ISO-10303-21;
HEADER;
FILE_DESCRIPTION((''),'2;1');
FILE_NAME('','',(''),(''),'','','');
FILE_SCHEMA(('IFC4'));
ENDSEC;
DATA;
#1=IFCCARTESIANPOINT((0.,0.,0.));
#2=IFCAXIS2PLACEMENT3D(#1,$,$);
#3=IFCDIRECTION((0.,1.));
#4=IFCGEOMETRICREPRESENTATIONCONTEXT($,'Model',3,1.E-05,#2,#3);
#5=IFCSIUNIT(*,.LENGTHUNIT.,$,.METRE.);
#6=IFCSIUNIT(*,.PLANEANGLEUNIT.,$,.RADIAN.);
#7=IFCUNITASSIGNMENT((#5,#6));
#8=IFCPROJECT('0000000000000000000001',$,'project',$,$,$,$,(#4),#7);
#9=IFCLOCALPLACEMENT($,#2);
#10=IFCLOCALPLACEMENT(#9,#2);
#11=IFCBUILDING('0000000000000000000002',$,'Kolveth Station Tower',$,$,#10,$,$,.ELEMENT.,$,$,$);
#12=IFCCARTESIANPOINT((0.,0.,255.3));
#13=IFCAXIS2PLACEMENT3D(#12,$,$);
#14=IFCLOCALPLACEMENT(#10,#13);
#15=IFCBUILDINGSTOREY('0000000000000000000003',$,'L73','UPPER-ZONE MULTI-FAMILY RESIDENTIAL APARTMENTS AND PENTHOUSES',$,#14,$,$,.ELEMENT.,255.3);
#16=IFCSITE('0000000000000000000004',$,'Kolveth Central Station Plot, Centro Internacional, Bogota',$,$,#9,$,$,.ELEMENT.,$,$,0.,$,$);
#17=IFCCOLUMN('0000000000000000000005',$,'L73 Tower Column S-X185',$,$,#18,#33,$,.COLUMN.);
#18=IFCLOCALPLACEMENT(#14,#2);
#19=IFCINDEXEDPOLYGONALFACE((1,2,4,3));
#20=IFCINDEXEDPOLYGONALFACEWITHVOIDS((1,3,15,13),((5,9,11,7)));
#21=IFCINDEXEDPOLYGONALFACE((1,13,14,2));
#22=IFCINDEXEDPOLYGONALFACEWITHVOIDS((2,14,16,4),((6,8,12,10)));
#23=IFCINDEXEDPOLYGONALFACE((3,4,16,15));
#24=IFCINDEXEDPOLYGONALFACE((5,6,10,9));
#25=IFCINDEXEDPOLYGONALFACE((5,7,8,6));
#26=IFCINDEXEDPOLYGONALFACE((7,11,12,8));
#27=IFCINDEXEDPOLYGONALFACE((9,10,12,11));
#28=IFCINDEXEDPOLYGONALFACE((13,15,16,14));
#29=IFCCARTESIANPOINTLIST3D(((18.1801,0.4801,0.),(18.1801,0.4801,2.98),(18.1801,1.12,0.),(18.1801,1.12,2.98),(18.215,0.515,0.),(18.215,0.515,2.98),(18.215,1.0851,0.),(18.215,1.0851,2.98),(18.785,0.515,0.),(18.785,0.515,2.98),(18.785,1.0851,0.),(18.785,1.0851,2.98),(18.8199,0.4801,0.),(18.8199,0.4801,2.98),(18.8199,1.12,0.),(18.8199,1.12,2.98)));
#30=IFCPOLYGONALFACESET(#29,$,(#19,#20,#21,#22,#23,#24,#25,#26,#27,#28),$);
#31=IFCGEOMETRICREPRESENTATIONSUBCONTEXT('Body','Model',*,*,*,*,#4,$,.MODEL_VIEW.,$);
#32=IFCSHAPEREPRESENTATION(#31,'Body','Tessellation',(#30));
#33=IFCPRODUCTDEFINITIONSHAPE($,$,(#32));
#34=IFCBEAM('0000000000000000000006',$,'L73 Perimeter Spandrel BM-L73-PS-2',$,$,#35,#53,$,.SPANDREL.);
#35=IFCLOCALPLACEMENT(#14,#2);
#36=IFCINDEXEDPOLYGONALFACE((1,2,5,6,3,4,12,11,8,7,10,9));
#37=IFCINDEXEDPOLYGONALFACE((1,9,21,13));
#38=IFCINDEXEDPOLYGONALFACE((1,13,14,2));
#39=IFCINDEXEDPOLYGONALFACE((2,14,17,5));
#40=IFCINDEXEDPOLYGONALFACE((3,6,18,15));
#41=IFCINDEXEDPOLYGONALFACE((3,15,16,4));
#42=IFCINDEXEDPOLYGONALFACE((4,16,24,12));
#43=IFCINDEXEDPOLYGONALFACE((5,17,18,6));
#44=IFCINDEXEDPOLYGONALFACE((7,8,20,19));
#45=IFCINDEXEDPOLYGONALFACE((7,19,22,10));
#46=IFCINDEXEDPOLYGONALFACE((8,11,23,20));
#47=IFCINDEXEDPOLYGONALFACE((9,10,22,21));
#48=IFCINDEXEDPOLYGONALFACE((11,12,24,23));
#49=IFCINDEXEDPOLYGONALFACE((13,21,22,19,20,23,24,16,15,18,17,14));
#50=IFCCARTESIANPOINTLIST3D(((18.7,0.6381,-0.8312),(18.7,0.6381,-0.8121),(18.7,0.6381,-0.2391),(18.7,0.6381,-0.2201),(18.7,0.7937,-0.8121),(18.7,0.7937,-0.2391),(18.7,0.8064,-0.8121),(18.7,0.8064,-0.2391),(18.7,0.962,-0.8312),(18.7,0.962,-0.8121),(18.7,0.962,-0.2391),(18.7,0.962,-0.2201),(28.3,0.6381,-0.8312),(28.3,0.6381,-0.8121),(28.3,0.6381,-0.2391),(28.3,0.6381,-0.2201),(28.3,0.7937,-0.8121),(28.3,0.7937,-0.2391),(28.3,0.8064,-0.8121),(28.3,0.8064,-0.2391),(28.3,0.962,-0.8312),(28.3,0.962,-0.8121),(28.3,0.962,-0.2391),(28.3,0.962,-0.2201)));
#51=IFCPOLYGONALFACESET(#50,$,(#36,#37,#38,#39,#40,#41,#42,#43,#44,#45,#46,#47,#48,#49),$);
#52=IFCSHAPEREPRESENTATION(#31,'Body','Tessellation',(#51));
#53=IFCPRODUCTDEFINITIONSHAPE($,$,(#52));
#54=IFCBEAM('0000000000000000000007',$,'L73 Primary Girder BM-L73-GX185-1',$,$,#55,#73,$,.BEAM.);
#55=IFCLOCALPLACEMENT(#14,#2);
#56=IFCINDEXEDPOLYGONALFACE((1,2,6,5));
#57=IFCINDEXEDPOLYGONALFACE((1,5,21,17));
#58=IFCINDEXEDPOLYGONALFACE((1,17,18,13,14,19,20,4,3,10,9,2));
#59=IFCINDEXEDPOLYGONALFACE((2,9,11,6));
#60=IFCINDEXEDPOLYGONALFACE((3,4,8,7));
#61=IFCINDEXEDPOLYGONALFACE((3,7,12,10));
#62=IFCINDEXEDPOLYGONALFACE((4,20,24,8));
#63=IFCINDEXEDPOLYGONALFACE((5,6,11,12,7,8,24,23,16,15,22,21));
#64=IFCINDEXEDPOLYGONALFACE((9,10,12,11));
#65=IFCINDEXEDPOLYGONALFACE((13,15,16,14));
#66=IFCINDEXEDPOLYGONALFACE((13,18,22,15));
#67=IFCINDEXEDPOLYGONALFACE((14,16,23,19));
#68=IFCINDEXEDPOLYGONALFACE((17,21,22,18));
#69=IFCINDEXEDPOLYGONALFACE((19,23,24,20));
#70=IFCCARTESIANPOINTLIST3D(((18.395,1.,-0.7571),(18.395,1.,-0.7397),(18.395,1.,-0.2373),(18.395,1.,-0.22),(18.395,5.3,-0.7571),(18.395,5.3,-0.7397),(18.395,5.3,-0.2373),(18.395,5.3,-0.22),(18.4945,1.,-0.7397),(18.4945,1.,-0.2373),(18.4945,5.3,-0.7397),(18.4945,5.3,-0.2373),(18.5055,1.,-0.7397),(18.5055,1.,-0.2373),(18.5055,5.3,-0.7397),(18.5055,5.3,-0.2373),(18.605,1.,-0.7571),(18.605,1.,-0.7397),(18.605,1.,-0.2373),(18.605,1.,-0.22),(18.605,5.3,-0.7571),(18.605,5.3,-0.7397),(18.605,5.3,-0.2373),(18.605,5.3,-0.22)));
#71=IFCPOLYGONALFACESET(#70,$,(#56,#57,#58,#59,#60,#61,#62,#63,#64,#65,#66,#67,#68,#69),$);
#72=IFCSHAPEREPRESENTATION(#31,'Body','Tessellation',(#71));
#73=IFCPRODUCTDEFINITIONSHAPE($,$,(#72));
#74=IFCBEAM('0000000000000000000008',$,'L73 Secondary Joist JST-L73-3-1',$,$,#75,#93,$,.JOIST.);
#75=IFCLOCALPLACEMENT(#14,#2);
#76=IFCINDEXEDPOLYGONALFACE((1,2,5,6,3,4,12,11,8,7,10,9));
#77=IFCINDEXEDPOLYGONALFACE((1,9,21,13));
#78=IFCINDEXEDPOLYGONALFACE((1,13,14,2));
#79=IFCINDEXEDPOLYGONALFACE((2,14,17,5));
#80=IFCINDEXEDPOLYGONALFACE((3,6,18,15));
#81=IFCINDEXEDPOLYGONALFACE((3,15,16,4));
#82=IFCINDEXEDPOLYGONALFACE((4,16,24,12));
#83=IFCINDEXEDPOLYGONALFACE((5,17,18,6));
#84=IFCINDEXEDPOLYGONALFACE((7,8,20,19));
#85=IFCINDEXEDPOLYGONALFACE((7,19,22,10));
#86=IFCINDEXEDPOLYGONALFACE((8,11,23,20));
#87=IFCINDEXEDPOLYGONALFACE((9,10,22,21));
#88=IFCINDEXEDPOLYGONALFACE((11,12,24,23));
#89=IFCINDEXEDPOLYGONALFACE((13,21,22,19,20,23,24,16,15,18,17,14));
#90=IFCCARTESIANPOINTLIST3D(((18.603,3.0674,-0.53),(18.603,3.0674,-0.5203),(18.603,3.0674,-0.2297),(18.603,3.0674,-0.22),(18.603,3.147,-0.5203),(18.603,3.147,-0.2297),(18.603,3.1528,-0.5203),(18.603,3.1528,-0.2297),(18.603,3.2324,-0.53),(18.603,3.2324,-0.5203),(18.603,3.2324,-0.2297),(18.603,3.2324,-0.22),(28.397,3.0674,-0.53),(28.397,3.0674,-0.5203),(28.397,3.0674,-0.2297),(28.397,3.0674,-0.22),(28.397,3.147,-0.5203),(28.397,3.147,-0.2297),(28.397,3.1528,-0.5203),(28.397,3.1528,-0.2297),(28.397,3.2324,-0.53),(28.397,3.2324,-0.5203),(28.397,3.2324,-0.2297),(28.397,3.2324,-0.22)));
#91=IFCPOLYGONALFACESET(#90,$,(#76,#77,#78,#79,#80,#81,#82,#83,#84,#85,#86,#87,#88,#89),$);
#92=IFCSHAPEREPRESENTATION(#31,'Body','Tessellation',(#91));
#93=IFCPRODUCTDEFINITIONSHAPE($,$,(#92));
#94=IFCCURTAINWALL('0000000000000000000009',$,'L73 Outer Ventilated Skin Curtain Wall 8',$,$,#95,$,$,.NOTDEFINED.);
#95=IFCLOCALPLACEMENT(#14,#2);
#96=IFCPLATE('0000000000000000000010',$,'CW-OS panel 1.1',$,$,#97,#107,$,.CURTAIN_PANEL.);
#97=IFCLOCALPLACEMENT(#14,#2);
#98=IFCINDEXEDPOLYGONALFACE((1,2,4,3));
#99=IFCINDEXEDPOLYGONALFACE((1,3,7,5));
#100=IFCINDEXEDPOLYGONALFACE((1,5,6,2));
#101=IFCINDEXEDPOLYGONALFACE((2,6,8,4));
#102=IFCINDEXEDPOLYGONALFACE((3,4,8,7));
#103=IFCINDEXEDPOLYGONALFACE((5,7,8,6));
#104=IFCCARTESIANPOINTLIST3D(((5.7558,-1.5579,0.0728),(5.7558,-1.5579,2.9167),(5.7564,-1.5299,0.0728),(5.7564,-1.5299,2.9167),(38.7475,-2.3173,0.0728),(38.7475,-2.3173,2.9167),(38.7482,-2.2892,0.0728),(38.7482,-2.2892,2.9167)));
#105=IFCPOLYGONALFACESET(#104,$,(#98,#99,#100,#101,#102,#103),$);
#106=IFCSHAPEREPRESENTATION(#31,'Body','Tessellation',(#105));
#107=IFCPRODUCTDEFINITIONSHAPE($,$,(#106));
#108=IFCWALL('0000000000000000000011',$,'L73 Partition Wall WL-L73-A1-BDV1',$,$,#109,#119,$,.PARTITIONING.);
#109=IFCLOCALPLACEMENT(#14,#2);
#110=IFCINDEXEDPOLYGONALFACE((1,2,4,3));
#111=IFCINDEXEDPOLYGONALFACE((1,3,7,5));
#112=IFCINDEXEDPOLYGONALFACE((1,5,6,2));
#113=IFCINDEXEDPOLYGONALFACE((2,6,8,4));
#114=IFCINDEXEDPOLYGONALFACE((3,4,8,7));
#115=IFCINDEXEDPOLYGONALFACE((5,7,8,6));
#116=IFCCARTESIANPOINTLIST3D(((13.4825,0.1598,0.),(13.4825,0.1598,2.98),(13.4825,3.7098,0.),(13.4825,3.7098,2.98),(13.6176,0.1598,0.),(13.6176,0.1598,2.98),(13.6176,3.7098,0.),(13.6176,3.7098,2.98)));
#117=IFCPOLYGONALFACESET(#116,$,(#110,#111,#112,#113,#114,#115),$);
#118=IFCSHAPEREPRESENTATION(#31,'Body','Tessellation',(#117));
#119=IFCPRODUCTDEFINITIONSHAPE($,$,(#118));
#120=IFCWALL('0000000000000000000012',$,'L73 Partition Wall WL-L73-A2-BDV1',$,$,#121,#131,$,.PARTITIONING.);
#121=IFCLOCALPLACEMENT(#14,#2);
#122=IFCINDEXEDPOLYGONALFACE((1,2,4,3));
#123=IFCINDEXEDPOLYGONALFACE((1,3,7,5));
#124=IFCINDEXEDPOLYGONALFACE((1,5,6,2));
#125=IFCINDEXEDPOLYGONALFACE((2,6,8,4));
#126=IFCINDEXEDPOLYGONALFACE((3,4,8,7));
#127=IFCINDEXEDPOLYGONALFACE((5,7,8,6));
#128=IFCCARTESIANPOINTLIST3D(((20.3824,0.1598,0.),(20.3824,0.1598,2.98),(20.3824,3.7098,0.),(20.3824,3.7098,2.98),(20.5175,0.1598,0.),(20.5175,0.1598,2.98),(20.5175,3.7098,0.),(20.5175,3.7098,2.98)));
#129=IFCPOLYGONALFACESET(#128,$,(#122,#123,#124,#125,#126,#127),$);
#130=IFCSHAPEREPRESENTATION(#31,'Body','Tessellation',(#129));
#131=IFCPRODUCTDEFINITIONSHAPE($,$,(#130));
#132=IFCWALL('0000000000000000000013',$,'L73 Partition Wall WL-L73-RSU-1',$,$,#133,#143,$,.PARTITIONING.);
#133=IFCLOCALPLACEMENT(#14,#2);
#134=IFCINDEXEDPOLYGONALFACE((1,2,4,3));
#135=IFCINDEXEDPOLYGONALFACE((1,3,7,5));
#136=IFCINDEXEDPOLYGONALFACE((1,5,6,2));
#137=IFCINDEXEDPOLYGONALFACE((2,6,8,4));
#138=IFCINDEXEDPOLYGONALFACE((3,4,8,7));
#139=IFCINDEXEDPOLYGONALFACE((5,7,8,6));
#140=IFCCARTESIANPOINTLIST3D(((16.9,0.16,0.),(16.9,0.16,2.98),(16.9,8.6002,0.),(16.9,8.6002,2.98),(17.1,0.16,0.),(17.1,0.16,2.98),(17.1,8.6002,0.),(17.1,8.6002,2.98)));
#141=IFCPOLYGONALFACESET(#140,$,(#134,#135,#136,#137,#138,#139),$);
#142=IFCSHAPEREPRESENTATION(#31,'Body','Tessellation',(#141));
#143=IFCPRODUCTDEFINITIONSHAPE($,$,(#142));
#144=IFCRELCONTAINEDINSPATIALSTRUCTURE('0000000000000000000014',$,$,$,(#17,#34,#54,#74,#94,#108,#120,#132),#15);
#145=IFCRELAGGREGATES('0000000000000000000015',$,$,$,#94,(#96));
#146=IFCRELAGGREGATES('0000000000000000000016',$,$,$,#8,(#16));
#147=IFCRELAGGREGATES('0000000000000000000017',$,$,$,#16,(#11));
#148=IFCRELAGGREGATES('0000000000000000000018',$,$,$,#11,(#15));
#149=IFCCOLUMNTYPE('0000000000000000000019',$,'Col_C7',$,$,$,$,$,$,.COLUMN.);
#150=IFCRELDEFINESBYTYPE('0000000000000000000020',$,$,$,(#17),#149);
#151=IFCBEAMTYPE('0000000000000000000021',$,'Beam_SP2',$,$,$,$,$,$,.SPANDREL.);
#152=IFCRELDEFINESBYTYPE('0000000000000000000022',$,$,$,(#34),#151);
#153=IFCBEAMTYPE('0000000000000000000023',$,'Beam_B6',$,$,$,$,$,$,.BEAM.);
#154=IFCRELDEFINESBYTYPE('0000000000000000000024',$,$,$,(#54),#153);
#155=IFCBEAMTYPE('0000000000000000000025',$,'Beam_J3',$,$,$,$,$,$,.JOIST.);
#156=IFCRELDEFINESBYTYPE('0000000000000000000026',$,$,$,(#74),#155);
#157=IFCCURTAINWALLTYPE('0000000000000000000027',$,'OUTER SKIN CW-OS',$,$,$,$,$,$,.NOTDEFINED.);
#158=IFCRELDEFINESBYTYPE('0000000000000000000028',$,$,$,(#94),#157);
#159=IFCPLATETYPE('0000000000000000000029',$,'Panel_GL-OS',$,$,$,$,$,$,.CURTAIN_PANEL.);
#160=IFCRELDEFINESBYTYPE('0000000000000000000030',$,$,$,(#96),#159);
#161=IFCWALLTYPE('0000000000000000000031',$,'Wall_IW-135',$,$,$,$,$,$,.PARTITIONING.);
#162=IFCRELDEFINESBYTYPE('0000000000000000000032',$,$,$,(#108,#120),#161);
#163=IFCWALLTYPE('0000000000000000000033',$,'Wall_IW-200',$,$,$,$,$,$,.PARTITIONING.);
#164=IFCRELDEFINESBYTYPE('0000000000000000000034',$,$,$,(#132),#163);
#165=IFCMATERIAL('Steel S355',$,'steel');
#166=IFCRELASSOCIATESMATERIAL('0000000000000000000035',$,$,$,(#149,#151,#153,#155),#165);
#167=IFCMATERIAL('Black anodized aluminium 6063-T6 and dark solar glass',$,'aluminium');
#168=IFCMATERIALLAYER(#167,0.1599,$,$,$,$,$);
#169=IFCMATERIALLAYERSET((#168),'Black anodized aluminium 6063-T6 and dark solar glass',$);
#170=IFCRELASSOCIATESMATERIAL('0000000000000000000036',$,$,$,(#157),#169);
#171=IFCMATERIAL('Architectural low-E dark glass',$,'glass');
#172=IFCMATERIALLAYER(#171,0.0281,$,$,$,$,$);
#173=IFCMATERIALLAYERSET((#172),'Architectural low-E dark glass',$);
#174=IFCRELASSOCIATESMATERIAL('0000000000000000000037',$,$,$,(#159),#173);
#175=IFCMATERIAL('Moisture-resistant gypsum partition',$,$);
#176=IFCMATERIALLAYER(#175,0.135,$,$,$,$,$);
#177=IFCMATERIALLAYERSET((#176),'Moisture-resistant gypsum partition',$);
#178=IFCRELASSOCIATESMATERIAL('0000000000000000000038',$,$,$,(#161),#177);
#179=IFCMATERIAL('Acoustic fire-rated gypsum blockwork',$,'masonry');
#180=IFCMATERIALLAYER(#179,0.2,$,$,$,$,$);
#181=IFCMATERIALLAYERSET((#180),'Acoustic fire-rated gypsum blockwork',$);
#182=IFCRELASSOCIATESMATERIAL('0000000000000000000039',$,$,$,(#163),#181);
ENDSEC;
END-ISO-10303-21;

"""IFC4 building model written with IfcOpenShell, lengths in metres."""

from ifc_helpers import new_model, si_unit, direction, frame, frame_2d, origin, origin_2d, place, context, subcontext, project, spatial, rectangle, hollow_rectangle, i_section, extrude, source, transform, mapped, material, layer, layer_set, material_profile, profile_set, type_object, element, aggregate, save


model = new_model("IFC4")

# Units and contexts
model_context = context("Model", 3, precision=1e-05, world=origin(), true_north=direction((0.0, 1.0)))
body_context = subcontext(model_context, "Body", "Model", "MODEL_VIEW")
ifc_project = project(units=[si_unit("LENGTHUNIT", "METRE"), si_unit("PLANEANGLEUNIT", "RADIAN")], contexts=[model_context])

# Site, building, storey
site_placement = place(None, origin())
site = spatial("IfcSite", under=ifc_project, at=site_placement, Name="Kolveth Central Station Plot, Centro Internacional, Bogota", CompositionType="ELEMENT", RefElevation=0.0)
building_placement = place(site_placement, origin())
building = spatial("IfcBuilding", under=site, at=building_placement, Name="Kolveth Station Tower", CompositionType="ELEMENT")
storey_placement = place(building_placement, frame((0.0, 0.0, 255.3)))
storey = spatial("IfcBuildingStorey", under=building, at=storey_placement, Name="L73", Description="UPPER-ZONE MULTI-FAMILY RESIDENTIAL APARTMENTS AND PENTHOUSES", CompositionType="ELEMENT", Elevation=255.3)

# Column
ifc_material_1 = material(Name="Steel S355", Category="steel")
ifc_material_profile_1 = material_profile(ifc_material_1, hollow_rectangle(XDim=0.6399, YDim=0.6399, WallThickness=0.0349, at=origin_2d()), Name="BOX640x640x35")
ifc_profile_set_1 = profile_set([ifc_material_profile_1], Name="Steel S355")
column_type = type_object("IfcColumnType", Name="Col_C7", PredefinedType="COLUMN", material=ifc_profile_set_1)
shared_shape_1 = source(origin(), body_context, "Body", "SweptSolid", [
    extrude(hollow_rectangle(XDim=0.6399, YDim=0.6399, WallThickness=0.0349, at=origin_2d()), origin(), (0.0, 0.0, 1.0), 2.98),
])
column_placement = place(storey_placement, frame((18.5, 0.8, 0.0), z_axis=(0.0, 0.0, 1.0), x_axis=(1.0, 0.0, 0.0)))
element("IfcColumn", 1, at=column_placement, inside=storey, type_object=column_type, Name="L73 Tower Column S-X185", PredefinedType="COLUMN", context=body_context, shape_type="MappedRepresentation", body=[
    mapped(shared_shape_1, transform((0.0, 0.0, 0.0), x_axis=(1.0, 0.0, 0.0), y_axis=(0.0, 1.0, 0.0), z_axis=(0.0, 0.0, 1.0), scale=1.0)),
])

# Beams
ifc_material_profile_2 = material_profile(ifc_material_1, i_section(OverallWidth=0.324, OverallDepth=0.6111, WebThickness=0.0127, FlangeThickness=0.019, at=origin_2d()), Name="W610x155")
ifc_profile_set_2 = profile_set([ifc_material_profile_2], Name="Steel S355")
beam_type_1 = type_object("IfcBeamType", Name="Beam_SP2", PredefinedType="SPANDREL", material=ifc_profile_set_2)
shared_shape_2 = source(origin(), body_context, "Body", "SweptSolid", [
    extrude(i_section(OverallWidth=0.324, OverallDepth=0.6111, WebThickness=0.0127, FlangeThickness=0.019, at=origin_2d()), origin(), (0.0, 0.0, 1.0), 9.6001),
])
beam_1_placement = place(storey_placement, frame((18.7, 0.8, -0.5256), z_axis=(1.0, 0.0, 0.0), x_axis=(0.0, 1.0, 0.0)))
element("IfcBeam", 2, at=beam_1_placement, inside=storey, type_object=beam_type_1, Name="L73 Perimeter Spandrel BM-L73-PS-2", PredefinedType="SPANDREL", context=body_context, shape_type="MappedRepresentation", body=[
    mapped(shared_shape_2, transform((0.0, 0.0, 0.0), x_axis=(1.0, 0.0, 0.0), y_axis=(0.0, 1.0, 0.0), z_axis=(0.0, 0.0, 1.0), scale=1.0)),
])
ifc_material_profile_3 = material_profile(ifc_material_1, i_section(OverallWidth=0.21, OverallDepth=0.5371, WebThickness=0.011, FlangeThickness=0.0173, at=origin_2d()), Name="W530x101")
ifc_profile_set_3 = profile_set([ifc_material_profile_3], Name="Steel S355")
beam_type_2 = type_object("IfcBeamType", Name="Beam_B6", PredefinedType="BEAM", material=ifc_profile_set_3)
shared_shape_3 = source(origin(), body_context, "Body", "SweptSolid", [
    extrude(i_section(OverallWidth=0.21, OverallDepth=0.5371, WebThickness=0.011, FlangeThickness=0.0173, at=origin_2d()), origin(), (0.0, 0.0, 1.0), 4.3),
])
beam_2_placement = place(storey_placement, frame((18.5, 1.0, -0.4885), z_axis=(0.0, 1.0, 0.0), x_axis=(-1.0, 0.0, 0.0)))
element("IfcBeam", 3, at=beam_2_placement, inside=storey, type_object=beam_type_2, Name="L73 Primary Girder BM-L73-GX185-1", PredefinedType="BEAM", context=body_context, shape_type="MappedRepresentation", body=[
    mapped(shared_shape_3, transform((0.0, 0.0, 0.0), x_axis=(1.0, 0.0, 0.0), y_axis=(0.0, 1.0, 0.0), z_axis=(0.0, 0.0, 1.0), scale=1.0)),
])
ifc_material_profile_4 = material_profile(ifc_material_1, i_section(OverallWidth=0.165, OverallDepth=0.3101, WebThickness=0.0059, FlangeThickness=0.0098, at=origin_2d()), Name="W310x39")
ifc_profile_set_4 = profile_set([ifc_material_profile_4], Name="Steel S355")
beam_type_3 = type_object("IfcBeamType", Name="Beam_J3", PredefinedType="JOIST", material=ifc_profile_set_4)
shared_shape_4 = source(origin(), body_context, "Body", "SweptSolid", [
    extrude(i_section(OverallWidth=0.165, OverallDepth=0.3101, WebThickness=0.0059, FlangeThickness=0.0098, at=origin_2d()), origin(), (0.0, 0.0, 1.0), 9.7939),
])
beam_3_placement = place(storey_placement, frame((18.603, 3.1499, -0.375), z_axis=(1.0, 0.0, 0.0), x_axis=(0.0, 1.0, 0.0)))
element("IfcBeam", 4, at=beam_3_placement, inside=storey, type_object=beam_type_3, Name="L73 Secondary Joist JST-L73-3-1", PredefinedType="JOIST", context=body_context, shape_type="MappedRepresentation", body=[
    mapped(shared_shape_4, transform((0.0, 0.0, 0.0), x_axis=(1.0, 0.0, 0.0), y_axis=(0.0, 1.0, 0.0), z_axis=(0.0, 0.0, 1.0), scale=1.0)),
])

# Curtain wall, plate
ifc_material_2 = material(Name="Black anodized aluminium 6063-T6 and dark solar glass", Category="aluminium")
ifc_layer_1 = layer(ifc_material_2, 0.1599)
ifc_layer_set_1 = layer_set([ifc_layer_1], Name="Black anodized aluminium 6063-T6 and dark solar glass")
curtain_wall_type = type_object("IfcCurtainWallType", Name="OUTER SKIN CW-OS", PredefinedType="NOTDEFINED", material=ifc_layer_set_1)
curtain_wall_placement = place(storey_placement, origin())
curtain_wall = element("IfcCurtainWall", 5, at=curtain_wall_placement, inside=storey, type_object=curtain_wall_type, Name="L73 Outer Ventilated Skin Curtain Wall 8", PredefinedType="NOTDEFINED")
ifc_material_3 = material(Name="Architectural low-E dark glass", Category="glass")
ifc_layer_2 = layer(ifc_material_3, 0.0281)
ifc_layer_set_2 = layer_set([ifc_layer_2], Name="Architectural low-E dark glass")
plate_type = type_object("IfcPlateType", Name="Panel_GL-OS", PredefinedType="CURTAIN_PANEL", material=ifc_layer_set_2)
shared_shape_5 = source(origin(), body_context, "Body", "SweptSolid", [
    extrude(rectangle(XDim=33.0005, YDim=0.0281, at=origin_2d()), origin(), (0.0, 0.0, 1.0), 2.844),
])
plate_placement = place(storey_placement, frame((22.252, -1.9236, 0.0728), z_axis=(0.0, 0.0, 1.0), x_axis=(0.999735, -0.023011, 0.0)))
plate = element("IfcPlate", 6, at=plate_placement, type_object=plate_type, Name="CW-OS panel 1.1", PredefinedType="CURTAIN_PANEL", context=body_context, shape_type="MappedRepresentation", body=[
    mapped(shared_shape_5, transform((0.0, 0.0, 0.0), x_axis=(1.0, 0.0, 0.0), y_axis=(0.0, 1.0, 0.0), z_axis=(0.0, 0.0, 1.0), scale=1.0)),
])
aggregate(curtain_wall, [plate])

# Shared definitions
ifc_material_4 = material(Name="Moisture-resistant gypsum partition")
ifc_layer_3 = layer(ifc_material_4, 0.135)
ifc_layer_set_3 = layer_set([ifc_layer_3], Name="Moisture-resistant gypsum partition")
wall_type_1 = type_object("IfcWallType", Name="Wall_IW-135", PredefinedType="PARTITIONING", material=ifc_layer_set_3)

# Wall
wall_1_placement = place(storey_placement, frame((13.55, 0.1599, 0.0), z_axis=(0.0, 0.0, 1.0), x_axis=(0.0, 1.0, 0.0)))
element("IfcWall", 7, at=wall_1_placement, inside=storey, type_object=wall_type_1, Name="L73 Partition Wall WL-L73-A1-BDV1", PredefinedType="PARTITIONING", context=body_context, shape_type="SweptSolid", body=[
    extrude(rectangle(XDim=3.55, YDim=0.135, at=frame_2d((1.7749, 0.0))), origin(), (0.0, 0.0, 1.0), 2.98),
])

# Walls
wall_2_placement = place(storey_placement, frame((20.45, 0.1599, 0.0), z_axis=(0.0, 0.0, 1.0), x_axis=(0.0, 1.0, 0.0)))
element("IfcWall", 8, at=wall_2_placement, inside=storey, type_object=wall_type_1, Name="L73 Partition Wall WL-L73-A2-BDV1", PredefinedType="PARTITIONING", context=body_context, shape_type="SweptSolid", body=[
    extrude(rectangle(XDim=3.55, YDim=0.135, at=frame_2d((1.7749, 0.0))), origin(), (0.0, 0.0, 1.0), 2.98),
])
ifc_material_5 = material(Name="Acoustic fire-rated gypsum blockwork", Category="masonry")
ifc_layer_4 = layer(ifc_material_5, 0.2)
ifc_layer_set_4 = layer_set([ifc_layer_4], Name="Acoustic fire-rated gypsum blockwork")
wall_type_2 = type_object("IfcWallType", Name="Wall_IW-200", PredefinedType="PARTITIONING", material=ifc_layer_set_4)
wall_3_placement = place(storey_placement, frame((17.0, 0.1599, 0.0), z_axis=(0.0, 0.0, 1.0), x_axis=(0.0, 1.0, 0.0)))
element("IfcWall", 9, at=wall_3_placement, inside=storey, type_object=wall_type_2, Name="L73 Partition Wall WL-L73-RSU-1", PredefinedType="PARTITIONING", context=body_context, shape_type="SweptSolid", body=[
    extrude(rectangle(XDim=8.4402, YDim=0.2, at=frame_2d((4.2202, 0.0))), origin(), (0.0, 0.0, 1.0), 2.98),
])

save(model, "model.ifc")
